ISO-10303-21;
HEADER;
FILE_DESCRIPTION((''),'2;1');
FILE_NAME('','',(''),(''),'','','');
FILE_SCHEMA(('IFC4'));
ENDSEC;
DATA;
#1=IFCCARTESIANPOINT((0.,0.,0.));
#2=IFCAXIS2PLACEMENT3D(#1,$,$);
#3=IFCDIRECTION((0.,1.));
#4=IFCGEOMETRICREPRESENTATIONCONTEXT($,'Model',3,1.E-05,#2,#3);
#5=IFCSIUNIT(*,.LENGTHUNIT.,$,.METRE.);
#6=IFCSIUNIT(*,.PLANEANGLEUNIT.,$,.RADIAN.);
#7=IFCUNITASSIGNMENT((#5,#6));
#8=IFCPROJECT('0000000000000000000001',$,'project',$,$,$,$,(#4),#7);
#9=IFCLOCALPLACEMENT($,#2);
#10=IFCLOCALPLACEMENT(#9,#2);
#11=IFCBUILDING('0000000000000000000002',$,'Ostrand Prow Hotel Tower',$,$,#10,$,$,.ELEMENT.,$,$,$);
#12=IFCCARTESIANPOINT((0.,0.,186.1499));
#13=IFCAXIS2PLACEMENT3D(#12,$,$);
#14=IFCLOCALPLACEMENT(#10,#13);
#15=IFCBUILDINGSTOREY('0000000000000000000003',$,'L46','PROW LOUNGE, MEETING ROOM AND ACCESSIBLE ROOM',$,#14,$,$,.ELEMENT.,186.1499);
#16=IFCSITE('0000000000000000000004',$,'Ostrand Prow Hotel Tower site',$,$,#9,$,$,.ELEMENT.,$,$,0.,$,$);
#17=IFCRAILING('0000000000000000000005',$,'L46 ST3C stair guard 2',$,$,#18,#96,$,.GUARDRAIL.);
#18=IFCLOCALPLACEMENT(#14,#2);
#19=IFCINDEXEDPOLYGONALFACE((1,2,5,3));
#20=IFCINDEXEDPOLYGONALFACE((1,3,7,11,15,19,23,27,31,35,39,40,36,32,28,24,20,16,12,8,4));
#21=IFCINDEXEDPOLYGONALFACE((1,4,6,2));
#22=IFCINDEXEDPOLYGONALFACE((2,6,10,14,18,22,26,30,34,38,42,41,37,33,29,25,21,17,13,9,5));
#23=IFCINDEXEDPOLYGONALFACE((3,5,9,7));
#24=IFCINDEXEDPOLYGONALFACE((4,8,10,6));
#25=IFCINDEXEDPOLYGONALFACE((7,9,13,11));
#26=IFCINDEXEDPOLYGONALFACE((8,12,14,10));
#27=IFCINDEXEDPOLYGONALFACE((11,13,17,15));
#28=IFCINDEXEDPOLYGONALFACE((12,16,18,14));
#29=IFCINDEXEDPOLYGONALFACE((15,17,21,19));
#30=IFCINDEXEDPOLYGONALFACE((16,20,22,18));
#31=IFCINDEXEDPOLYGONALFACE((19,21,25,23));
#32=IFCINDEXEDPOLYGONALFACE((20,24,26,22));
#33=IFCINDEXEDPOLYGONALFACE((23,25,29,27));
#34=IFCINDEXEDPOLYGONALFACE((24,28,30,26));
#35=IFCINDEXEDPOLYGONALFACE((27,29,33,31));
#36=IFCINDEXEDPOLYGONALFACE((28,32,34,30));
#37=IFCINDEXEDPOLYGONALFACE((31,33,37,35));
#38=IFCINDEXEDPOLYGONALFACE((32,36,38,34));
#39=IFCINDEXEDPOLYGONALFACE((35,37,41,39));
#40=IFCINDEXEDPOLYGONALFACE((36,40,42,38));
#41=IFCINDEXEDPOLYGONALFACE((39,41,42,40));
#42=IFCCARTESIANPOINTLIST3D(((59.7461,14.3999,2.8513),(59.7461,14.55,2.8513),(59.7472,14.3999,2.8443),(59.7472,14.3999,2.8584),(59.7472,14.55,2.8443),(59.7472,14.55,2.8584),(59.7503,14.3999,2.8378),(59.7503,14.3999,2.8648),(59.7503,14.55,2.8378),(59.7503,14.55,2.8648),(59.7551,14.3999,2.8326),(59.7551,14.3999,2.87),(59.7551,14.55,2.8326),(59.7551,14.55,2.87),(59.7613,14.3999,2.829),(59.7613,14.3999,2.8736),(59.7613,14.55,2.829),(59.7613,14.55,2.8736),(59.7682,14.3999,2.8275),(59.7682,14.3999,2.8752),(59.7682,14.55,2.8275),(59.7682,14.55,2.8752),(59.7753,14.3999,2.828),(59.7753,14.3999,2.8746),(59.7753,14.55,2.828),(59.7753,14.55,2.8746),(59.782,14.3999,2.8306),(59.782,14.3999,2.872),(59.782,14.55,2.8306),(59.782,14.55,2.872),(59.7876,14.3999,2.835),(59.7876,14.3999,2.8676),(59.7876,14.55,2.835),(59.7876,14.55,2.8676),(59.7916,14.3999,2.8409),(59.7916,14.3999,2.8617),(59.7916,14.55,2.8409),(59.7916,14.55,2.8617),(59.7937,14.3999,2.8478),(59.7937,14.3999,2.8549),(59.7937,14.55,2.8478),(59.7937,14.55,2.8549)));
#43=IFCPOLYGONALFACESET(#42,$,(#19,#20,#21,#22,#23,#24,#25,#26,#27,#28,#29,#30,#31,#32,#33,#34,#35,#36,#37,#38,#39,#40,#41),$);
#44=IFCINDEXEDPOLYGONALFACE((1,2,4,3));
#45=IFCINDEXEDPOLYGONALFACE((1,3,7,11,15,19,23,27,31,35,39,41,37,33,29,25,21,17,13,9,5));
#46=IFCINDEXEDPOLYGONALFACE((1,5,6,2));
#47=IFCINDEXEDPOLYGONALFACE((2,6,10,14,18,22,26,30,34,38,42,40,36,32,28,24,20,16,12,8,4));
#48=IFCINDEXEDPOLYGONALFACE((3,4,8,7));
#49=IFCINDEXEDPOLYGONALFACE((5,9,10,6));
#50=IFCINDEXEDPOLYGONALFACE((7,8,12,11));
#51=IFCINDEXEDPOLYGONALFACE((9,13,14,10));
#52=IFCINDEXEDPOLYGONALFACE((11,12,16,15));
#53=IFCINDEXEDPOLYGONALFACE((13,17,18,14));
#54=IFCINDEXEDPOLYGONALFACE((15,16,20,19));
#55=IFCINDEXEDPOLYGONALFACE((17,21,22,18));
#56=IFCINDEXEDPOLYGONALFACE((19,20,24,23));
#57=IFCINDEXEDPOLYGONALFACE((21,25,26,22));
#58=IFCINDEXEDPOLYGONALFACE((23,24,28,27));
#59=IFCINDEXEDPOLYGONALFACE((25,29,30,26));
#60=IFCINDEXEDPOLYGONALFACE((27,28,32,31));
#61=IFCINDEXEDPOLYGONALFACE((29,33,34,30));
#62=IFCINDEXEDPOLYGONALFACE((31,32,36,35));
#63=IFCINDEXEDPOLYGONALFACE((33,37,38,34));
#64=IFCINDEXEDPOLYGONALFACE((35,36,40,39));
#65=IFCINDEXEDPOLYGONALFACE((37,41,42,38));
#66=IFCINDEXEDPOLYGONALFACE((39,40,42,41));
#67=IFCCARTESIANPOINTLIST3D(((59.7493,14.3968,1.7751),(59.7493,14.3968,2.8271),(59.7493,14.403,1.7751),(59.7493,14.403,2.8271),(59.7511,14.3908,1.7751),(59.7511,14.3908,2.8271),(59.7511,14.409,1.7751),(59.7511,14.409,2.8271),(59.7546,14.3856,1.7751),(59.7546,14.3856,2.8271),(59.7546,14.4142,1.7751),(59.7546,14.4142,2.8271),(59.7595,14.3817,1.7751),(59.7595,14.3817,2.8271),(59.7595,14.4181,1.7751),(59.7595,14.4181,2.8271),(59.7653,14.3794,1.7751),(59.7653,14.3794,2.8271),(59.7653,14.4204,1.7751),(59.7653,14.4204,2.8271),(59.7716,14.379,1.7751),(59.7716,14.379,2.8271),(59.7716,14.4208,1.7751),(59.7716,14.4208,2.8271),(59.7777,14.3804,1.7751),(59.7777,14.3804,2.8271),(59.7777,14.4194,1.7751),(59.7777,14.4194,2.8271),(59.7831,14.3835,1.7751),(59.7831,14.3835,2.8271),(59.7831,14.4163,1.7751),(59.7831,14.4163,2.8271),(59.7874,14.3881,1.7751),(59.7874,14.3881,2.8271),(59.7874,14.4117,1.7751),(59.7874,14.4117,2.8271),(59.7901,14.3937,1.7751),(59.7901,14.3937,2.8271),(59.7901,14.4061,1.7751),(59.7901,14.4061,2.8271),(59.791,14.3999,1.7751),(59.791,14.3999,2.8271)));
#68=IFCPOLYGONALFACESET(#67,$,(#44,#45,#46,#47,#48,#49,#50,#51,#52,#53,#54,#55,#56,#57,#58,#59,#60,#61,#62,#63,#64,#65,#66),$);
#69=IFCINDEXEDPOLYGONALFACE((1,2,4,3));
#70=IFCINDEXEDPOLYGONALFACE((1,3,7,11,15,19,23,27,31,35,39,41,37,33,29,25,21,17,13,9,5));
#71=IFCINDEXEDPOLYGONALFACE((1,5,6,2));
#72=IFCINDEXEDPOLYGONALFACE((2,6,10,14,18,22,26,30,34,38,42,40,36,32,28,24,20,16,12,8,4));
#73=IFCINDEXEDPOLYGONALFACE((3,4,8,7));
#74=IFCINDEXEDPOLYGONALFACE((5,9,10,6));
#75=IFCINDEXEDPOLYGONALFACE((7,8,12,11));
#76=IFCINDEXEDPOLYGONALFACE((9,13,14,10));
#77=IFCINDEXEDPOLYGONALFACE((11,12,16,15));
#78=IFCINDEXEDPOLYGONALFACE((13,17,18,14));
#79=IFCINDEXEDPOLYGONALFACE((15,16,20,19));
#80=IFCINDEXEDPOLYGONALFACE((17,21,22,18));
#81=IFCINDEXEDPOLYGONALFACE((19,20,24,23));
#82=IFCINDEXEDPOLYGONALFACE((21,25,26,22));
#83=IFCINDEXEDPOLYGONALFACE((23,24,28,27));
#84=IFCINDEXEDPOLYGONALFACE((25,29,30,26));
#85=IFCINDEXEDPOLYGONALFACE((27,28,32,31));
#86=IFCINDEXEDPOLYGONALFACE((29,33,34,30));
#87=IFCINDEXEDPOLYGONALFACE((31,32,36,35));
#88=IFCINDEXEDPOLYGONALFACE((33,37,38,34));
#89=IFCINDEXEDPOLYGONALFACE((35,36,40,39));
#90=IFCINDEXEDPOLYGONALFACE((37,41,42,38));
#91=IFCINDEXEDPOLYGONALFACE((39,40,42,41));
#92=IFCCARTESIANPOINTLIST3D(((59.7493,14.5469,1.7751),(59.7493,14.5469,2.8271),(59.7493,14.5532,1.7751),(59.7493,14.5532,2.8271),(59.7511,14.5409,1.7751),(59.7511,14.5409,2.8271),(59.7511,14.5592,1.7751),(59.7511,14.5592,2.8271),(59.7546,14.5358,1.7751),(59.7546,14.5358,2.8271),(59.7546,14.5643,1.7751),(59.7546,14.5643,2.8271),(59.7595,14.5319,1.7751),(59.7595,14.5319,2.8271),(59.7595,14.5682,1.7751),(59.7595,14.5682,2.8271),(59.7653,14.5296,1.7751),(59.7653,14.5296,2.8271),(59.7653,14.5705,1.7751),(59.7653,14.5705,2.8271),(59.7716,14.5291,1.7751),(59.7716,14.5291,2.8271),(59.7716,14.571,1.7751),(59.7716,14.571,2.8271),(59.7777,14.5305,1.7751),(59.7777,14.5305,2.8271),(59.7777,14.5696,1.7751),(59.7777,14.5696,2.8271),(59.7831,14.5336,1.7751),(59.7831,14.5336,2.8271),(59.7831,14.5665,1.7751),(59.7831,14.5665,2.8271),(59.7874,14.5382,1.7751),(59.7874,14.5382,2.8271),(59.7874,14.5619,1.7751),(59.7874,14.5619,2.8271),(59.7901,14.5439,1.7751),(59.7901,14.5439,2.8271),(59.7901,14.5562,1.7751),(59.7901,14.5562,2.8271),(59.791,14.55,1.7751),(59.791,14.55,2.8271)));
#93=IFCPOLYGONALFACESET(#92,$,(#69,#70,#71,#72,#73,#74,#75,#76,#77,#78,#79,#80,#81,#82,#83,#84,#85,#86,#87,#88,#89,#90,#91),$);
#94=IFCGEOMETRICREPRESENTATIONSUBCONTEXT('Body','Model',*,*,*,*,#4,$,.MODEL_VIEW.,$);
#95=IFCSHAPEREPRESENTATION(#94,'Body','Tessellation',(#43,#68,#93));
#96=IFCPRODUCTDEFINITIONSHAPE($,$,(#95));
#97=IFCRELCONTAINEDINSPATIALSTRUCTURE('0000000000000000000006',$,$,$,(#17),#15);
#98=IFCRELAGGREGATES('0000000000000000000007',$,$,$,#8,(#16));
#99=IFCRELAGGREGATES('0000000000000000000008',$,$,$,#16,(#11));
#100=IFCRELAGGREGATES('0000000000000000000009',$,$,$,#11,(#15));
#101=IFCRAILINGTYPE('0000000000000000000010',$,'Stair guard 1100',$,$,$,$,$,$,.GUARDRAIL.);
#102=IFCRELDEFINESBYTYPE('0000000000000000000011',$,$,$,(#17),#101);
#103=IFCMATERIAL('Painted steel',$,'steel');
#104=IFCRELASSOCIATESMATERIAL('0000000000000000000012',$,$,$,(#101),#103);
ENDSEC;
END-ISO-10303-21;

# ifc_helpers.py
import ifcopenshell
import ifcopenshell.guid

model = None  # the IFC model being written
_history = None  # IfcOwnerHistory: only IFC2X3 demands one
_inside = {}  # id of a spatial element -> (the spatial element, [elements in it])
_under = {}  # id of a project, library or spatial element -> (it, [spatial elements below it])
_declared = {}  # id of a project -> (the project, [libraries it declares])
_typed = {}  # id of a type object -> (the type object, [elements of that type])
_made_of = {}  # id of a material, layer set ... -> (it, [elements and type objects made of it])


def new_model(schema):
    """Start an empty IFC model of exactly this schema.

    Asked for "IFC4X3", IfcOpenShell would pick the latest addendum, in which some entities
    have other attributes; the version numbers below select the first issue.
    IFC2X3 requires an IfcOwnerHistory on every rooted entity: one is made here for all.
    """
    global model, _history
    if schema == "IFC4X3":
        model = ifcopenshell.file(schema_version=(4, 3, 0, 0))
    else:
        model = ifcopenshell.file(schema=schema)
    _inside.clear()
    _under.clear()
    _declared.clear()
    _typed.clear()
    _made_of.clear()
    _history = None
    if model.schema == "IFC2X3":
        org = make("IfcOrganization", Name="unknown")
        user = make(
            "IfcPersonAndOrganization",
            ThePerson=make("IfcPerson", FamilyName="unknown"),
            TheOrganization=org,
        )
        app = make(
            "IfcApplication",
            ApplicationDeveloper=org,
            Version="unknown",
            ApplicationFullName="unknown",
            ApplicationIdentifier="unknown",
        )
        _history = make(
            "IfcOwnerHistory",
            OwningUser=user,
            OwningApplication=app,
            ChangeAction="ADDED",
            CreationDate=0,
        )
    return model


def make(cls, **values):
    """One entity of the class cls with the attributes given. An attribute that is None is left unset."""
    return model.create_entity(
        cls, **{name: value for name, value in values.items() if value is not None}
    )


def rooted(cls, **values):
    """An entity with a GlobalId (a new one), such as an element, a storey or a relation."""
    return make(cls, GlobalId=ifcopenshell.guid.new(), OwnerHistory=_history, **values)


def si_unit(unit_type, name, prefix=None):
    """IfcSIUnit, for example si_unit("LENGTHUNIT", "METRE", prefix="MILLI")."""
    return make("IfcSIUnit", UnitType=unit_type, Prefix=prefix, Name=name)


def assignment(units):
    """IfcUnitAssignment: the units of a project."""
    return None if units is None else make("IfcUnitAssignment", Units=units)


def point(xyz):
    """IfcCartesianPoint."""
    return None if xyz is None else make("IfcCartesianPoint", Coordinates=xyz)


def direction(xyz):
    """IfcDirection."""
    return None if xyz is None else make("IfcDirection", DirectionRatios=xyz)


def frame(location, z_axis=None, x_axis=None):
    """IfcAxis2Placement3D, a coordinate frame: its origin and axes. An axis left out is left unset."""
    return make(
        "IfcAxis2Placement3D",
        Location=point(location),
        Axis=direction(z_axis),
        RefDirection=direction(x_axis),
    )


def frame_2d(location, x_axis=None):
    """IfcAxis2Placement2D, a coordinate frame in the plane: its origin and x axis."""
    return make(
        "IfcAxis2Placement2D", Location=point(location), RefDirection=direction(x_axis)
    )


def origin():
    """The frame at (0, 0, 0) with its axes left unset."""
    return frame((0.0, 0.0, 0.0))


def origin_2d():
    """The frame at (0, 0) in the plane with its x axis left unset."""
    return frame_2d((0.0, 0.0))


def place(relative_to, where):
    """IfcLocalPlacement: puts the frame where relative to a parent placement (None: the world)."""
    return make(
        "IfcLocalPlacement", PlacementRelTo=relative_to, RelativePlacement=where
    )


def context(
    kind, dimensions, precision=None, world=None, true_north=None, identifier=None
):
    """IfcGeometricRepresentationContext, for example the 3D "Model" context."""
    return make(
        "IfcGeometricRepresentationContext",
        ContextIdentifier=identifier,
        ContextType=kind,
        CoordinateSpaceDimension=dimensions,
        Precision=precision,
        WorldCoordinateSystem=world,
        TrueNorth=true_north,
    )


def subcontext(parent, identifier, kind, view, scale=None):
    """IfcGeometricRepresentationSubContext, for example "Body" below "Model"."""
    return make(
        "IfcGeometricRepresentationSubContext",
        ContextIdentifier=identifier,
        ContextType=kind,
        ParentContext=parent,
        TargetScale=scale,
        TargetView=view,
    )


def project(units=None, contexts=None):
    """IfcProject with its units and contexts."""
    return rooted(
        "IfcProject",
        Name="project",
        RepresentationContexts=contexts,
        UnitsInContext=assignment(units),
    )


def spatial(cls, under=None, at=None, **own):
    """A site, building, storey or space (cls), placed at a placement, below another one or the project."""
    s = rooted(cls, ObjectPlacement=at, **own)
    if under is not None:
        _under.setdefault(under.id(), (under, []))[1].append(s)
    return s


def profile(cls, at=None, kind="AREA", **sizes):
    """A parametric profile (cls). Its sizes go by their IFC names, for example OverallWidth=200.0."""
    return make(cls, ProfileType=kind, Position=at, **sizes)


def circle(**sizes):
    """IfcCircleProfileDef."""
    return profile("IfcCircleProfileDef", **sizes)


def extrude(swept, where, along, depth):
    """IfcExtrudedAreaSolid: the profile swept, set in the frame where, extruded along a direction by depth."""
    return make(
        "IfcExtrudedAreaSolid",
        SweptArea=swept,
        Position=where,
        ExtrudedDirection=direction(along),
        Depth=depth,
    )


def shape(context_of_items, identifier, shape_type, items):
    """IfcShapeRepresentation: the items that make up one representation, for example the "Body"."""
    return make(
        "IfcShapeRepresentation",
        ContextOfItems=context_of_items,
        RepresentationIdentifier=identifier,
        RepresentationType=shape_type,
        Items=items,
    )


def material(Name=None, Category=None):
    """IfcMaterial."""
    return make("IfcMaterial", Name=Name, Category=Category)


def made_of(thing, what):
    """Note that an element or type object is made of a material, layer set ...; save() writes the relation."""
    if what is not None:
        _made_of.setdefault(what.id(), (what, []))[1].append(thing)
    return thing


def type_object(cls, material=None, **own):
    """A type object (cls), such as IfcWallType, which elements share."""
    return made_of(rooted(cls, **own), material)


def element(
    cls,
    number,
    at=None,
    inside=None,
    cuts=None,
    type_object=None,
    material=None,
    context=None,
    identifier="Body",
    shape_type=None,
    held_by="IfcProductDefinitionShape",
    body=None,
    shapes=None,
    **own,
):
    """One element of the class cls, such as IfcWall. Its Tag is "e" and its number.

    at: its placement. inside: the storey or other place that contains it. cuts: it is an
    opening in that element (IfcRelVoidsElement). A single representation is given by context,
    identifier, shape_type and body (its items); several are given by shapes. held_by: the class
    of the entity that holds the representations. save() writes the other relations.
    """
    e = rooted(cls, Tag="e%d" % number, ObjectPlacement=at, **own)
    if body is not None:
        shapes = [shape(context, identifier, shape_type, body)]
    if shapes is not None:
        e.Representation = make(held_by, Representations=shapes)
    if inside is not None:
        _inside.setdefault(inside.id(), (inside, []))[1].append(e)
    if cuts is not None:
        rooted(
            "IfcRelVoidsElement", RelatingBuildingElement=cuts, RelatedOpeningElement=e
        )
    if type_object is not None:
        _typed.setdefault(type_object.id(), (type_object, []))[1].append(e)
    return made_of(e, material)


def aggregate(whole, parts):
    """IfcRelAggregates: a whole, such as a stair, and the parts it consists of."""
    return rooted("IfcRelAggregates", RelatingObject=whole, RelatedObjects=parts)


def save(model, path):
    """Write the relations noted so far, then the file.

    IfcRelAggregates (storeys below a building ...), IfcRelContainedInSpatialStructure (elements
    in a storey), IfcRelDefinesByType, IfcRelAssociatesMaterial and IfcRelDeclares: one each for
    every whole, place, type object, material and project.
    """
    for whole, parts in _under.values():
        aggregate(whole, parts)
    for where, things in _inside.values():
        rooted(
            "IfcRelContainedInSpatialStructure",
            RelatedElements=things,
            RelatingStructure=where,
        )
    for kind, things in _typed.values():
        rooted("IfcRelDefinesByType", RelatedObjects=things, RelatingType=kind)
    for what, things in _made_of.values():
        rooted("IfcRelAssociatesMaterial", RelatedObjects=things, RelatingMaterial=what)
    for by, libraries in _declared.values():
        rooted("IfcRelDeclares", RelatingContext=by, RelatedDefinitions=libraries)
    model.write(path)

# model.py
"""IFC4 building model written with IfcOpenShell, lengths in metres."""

from ifc_helpers import new_model, si_unit, direction, frame, origin, origin_2d, place, context, subcontext, project, spatial, circle, extrude, material, type_object, element, save


model = new_model("IFC4")

# Units and contexts
model_context = context("Model", 3, precision=1e-05, world=origin(), true_north=direction((0.0, 1.0)))
body_context = subcontext(model_context, "Body", "Model", "MODEL_VIEW")
ifc_project = project(units=[si_unit("LENGTHUNIT", "METRE"), si_unit("PLANEANGLEUNIT", "RADIAN")], contexts=[model_context])

# Site, building, storey
site_placement = place(None, origin())
site = spatial("IfcSite", under=ifc_project, at=site_placement, Name="Ostrand Prow Hotel Tower site", CompositionType="ELEMENT", RefElevation=0.0)
building_placement = place(site_placement, origin())
building = spatial("IfcBuilding", under=site, at=building_placement, Name="Ostrand Prow Hotel Tower", CompositionType="ELEMENT")
storey_placement = place(building_placement, frame((0.0, 0.0, 186.1499)))
storey = spatial("IfcBuildingStorey", under=building, at=storey_placement, Name="L46", Description="PROW LOUNGE, MEETING ROOM AND ACCESSIBLE ROOM", CompositionType="ELEMENT", Elevation=186.1499)

# Railing
ifc_material_1 = material(Name="Painted steel", Category="steel")
railing_type_1 = type_object("IfcRailingType", Name="Stair guard 1100", PredefinedType="GUARDRAIL", material=ifc_material_1)
railing_1_placement = place(storey_placement, frame((59.77, 14.3999, 1.7751)))
element("IfcRailing", 1, at=railing_1_placement, inside=storey, type_object=railing_type_1, Name="L46 ST3C stair guard 2", PredefinedType="GUARDRAIL", context=body_context, shape_type="SweptSolid", body=[
    extrude(circle(Radius=0.0239, at=origin_2d()), frame((0.0, 0.0, 1.0762), z_axis=(0.0, 1.0, 0.0), x_axis=(-1.0, 0.0, 0.0)), (0.0, 0.0, 1.0), 0.1501),
    extrude(circle(Radius=0.021, at=origin_2d()), origin(), (0.0, 0.0, 1.0), 1.052),
    extrude(circle(Radius=0.021, at=origin_2d()), frame((0.0, 0.1501, 0.0)), (0.0, 0.0, 1.0), 1.052),
])

save(model, "model.ifc")
